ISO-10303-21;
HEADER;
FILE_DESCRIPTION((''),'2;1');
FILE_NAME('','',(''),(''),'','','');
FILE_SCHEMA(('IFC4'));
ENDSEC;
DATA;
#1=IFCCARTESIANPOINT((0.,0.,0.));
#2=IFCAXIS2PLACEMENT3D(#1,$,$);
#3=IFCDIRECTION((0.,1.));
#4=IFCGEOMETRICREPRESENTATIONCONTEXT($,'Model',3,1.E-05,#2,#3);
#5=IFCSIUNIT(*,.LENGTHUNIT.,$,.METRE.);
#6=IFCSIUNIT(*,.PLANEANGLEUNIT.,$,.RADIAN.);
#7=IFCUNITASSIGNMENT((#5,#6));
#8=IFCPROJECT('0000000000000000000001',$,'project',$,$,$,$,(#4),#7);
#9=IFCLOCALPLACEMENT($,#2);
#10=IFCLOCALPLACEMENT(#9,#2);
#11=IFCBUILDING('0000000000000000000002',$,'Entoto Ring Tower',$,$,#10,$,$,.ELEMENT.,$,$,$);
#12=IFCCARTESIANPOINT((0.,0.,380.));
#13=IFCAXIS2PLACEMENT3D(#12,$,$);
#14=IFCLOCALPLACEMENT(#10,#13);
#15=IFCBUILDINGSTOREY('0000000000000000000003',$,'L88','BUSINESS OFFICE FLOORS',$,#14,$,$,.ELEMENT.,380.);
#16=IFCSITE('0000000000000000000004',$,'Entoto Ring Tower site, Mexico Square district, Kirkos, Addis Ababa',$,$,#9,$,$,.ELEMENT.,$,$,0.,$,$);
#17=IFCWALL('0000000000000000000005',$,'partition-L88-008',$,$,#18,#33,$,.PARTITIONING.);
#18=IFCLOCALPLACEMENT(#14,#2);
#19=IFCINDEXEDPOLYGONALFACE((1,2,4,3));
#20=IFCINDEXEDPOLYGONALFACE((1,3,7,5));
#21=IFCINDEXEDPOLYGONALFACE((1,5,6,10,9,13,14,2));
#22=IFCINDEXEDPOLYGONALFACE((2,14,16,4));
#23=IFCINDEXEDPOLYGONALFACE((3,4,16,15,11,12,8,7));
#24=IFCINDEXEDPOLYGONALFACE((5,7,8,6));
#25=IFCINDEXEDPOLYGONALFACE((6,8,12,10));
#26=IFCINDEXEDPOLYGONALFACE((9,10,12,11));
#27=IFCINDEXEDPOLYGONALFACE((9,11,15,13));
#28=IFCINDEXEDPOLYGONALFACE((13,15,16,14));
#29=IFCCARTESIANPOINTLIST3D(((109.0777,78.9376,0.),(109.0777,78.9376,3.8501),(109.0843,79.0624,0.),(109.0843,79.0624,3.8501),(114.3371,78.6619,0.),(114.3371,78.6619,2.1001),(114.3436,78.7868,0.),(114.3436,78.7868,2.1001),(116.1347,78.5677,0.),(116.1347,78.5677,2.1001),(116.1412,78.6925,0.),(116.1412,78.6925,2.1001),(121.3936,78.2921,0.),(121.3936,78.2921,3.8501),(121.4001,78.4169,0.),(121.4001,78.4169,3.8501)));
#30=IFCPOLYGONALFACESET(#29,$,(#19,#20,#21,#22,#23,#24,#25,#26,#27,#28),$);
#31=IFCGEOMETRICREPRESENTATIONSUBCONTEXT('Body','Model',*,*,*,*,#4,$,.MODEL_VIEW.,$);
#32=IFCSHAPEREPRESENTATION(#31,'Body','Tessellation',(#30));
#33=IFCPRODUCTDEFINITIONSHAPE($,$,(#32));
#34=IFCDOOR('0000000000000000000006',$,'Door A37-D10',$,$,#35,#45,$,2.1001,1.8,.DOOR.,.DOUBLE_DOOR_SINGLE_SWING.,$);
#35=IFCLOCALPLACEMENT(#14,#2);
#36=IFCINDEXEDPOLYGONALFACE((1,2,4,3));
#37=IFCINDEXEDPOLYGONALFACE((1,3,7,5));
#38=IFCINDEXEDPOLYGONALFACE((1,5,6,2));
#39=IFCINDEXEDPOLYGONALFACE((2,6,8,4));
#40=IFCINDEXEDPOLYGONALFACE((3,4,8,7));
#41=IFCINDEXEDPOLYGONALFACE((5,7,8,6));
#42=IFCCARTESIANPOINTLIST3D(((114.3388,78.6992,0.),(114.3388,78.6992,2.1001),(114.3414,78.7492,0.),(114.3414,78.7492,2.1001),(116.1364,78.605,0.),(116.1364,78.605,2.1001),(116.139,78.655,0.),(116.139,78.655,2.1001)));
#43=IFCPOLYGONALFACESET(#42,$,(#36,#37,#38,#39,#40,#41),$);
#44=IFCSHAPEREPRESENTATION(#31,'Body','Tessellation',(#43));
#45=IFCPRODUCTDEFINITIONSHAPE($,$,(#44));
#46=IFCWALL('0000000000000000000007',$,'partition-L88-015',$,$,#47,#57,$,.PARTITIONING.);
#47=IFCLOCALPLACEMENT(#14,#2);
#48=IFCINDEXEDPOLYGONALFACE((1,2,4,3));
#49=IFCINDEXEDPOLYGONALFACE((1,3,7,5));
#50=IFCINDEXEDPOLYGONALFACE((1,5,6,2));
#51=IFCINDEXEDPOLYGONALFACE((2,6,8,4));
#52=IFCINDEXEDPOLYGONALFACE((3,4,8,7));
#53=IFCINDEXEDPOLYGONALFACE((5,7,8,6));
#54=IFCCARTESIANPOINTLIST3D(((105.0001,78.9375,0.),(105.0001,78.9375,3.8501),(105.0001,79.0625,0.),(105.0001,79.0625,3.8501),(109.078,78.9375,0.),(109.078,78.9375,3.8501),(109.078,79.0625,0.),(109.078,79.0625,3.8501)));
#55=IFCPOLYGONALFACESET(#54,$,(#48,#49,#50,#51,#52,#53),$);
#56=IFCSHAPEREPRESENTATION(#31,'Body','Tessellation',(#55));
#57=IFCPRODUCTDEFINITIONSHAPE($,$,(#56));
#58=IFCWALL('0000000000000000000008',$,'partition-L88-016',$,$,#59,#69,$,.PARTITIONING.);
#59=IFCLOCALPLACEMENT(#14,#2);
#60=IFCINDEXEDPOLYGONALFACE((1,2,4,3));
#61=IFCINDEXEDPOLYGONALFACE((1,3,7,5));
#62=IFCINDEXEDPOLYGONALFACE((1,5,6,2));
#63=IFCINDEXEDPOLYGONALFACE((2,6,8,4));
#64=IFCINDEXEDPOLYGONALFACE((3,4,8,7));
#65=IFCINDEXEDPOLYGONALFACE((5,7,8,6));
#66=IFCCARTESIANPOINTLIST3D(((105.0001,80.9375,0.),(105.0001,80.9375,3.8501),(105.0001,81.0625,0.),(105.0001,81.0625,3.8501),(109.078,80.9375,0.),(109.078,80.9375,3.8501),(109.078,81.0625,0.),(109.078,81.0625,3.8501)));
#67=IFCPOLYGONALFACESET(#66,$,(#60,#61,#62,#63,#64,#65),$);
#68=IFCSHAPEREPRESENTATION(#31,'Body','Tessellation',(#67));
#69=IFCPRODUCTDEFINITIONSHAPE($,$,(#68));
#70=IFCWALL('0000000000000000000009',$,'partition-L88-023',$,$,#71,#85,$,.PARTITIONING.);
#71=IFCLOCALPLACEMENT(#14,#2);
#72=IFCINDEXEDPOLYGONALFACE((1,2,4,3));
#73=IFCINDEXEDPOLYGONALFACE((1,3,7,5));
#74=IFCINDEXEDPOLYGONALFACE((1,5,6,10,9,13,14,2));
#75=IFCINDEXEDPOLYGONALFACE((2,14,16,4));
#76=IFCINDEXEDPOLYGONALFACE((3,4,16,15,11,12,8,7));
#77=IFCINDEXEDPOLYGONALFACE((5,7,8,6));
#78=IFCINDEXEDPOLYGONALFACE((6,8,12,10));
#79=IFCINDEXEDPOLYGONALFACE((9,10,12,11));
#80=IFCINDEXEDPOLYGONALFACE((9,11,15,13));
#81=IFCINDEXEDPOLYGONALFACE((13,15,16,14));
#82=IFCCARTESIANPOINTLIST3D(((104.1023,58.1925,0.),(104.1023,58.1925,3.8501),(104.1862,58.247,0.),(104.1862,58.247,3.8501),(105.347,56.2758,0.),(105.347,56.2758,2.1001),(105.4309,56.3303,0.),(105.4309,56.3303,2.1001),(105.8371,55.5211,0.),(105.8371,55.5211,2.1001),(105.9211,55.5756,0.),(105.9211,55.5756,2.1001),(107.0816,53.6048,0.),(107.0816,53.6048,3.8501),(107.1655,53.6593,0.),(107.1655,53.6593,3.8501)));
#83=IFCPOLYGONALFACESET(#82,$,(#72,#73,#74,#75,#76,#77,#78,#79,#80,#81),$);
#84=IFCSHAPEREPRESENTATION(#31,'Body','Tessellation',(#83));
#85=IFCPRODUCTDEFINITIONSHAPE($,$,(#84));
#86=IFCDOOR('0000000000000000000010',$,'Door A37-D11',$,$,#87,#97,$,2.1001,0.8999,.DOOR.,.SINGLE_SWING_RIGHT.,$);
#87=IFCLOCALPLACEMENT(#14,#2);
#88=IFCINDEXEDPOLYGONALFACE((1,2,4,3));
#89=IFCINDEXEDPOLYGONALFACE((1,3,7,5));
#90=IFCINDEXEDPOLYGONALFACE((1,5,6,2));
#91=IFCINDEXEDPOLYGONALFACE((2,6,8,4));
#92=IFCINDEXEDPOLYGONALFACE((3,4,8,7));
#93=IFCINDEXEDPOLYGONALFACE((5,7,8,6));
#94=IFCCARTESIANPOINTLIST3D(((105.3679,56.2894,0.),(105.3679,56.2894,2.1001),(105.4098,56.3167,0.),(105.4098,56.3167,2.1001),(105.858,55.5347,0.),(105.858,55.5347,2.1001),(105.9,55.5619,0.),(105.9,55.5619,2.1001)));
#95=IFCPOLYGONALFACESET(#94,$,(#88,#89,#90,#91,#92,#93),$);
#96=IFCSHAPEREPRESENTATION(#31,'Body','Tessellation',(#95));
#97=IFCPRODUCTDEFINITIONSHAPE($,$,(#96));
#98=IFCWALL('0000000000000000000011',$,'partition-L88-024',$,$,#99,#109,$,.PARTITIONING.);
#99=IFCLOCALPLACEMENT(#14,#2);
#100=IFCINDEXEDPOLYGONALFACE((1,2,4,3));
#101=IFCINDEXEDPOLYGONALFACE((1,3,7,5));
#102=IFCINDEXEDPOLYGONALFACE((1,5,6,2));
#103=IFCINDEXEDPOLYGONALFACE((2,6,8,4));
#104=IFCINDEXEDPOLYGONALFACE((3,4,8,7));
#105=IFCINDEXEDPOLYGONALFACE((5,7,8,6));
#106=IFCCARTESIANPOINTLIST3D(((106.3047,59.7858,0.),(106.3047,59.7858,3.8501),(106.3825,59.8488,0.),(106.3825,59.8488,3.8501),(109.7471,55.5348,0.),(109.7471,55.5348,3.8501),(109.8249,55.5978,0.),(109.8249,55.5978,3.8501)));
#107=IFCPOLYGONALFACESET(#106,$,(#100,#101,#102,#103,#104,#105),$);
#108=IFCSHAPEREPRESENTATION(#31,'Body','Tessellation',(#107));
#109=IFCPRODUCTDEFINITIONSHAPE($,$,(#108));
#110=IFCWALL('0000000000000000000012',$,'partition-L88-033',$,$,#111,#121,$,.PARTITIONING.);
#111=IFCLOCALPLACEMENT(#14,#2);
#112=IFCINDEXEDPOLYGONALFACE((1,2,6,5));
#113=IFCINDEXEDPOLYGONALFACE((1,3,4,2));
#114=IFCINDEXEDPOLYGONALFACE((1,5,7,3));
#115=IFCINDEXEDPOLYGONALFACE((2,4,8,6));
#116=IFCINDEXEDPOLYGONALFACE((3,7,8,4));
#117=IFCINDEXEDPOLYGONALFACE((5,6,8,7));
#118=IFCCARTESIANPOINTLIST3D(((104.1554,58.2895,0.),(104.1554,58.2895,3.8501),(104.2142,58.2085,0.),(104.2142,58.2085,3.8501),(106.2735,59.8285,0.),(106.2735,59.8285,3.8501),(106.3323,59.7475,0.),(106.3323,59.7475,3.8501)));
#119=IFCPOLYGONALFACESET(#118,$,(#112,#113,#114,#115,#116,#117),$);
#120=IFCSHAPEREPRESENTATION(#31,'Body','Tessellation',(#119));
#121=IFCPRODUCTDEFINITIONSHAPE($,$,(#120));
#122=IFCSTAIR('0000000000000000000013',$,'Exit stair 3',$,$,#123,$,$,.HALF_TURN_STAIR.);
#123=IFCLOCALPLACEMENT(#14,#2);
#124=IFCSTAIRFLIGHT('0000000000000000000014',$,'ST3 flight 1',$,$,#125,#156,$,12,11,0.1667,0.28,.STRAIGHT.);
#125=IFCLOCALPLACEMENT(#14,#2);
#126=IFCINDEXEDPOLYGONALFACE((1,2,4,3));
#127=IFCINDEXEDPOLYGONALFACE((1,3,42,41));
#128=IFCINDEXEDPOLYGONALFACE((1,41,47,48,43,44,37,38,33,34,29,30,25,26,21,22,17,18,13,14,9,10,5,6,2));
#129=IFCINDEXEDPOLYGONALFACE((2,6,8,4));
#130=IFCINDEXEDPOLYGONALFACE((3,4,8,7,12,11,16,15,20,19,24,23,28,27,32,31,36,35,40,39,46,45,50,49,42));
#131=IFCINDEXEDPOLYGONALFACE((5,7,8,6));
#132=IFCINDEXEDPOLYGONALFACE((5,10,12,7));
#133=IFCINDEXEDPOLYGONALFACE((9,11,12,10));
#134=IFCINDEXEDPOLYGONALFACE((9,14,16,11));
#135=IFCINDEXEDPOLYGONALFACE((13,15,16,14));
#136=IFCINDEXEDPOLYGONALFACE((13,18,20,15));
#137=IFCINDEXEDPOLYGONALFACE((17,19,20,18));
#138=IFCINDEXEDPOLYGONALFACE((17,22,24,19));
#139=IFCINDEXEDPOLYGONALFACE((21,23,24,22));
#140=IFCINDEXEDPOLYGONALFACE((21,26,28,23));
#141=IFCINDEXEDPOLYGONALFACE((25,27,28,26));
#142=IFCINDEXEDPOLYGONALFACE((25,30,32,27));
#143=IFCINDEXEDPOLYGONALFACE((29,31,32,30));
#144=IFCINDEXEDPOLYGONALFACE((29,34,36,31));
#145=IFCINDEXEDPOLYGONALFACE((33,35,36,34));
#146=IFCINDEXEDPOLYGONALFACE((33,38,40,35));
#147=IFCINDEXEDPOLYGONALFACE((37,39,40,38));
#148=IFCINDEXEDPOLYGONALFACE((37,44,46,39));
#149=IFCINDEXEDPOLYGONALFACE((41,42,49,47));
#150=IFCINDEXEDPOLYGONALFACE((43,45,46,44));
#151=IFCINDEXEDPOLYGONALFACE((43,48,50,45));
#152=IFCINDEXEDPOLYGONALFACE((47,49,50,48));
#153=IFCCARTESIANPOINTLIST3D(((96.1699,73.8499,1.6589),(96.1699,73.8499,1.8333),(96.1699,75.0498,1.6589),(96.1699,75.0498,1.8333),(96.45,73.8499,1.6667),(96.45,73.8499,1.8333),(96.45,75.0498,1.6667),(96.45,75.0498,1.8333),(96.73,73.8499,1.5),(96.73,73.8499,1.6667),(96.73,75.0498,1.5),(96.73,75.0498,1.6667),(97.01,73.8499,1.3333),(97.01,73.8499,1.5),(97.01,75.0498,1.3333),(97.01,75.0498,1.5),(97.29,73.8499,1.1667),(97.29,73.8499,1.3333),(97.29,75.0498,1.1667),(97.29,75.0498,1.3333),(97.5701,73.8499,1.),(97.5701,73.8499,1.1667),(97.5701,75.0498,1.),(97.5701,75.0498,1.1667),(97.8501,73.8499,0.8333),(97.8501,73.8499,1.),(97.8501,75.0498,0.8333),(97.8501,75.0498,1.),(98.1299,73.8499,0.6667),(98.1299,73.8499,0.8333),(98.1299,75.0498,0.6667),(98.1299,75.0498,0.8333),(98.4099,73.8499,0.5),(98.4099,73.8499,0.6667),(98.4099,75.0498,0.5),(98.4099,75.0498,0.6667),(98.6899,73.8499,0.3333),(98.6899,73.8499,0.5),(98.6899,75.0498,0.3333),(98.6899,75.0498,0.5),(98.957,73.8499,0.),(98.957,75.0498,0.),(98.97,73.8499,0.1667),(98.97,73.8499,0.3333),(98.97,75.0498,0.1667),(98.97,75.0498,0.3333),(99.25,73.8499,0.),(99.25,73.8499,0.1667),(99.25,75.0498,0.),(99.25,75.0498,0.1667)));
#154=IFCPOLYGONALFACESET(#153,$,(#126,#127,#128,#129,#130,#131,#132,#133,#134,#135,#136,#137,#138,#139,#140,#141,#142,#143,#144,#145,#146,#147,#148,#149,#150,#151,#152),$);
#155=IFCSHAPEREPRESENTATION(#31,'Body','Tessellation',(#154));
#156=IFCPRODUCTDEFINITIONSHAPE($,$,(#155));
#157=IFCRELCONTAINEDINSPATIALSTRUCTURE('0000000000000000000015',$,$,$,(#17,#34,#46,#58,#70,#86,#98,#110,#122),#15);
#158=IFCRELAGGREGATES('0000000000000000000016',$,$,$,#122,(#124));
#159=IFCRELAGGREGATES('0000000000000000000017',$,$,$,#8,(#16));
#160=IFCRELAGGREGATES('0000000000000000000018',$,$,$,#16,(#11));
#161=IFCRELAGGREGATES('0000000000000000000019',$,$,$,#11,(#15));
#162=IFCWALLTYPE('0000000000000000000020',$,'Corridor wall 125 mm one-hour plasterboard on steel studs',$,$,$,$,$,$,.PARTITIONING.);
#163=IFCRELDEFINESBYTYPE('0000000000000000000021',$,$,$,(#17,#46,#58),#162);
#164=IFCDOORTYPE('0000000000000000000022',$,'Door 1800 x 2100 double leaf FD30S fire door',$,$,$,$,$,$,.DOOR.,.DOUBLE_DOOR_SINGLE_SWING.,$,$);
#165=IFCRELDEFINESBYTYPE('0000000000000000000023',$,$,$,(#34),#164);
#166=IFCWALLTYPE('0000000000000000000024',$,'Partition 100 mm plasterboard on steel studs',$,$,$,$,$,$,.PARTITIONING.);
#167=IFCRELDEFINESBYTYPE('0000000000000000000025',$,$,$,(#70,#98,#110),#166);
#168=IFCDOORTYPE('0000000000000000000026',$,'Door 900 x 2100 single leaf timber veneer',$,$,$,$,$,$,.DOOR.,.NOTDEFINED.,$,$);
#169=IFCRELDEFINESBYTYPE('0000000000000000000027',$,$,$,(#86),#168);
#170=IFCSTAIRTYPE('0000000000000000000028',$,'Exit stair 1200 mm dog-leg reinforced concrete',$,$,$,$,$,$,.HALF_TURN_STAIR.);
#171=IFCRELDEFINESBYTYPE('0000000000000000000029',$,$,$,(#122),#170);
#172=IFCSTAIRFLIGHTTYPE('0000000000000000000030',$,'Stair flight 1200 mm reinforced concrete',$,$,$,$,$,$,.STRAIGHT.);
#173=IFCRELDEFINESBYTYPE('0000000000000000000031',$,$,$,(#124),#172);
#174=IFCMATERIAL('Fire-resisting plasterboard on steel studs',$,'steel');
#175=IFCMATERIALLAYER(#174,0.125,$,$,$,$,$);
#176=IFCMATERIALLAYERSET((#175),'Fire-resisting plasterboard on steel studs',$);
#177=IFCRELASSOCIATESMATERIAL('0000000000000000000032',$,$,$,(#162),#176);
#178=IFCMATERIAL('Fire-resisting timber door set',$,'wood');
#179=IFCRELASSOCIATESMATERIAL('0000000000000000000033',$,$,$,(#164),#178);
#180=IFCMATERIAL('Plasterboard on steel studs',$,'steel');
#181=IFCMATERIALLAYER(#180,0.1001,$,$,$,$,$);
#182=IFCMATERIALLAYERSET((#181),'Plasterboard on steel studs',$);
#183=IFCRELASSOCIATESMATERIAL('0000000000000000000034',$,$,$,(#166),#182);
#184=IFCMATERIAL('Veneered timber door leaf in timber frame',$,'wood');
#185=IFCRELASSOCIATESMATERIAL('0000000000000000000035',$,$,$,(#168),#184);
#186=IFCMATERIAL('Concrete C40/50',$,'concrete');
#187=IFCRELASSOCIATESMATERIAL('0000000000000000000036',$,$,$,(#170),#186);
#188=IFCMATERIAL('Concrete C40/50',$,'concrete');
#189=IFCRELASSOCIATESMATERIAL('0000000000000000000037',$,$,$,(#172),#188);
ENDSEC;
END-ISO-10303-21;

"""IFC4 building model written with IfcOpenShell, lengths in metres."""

from ifc_helpers import new_model, si_unit, direction, frame, frame_2d, origin, place, context, subcontext, project, spatial, polyline, rectangle, outline, extrude, material, layer, layer_set, type_object, element, fill, aggregate, save


model = new_model("IFC4")

# Units and contexts
model_context = context("Model", 3, precision=1e-05, world=origin(), true_north=direction((0.0, 1.0)))
body_context = subcontext(model_context, "Body", "Model", "MODEL_VIEW")
ifc_project = project(units=[si_unit("LENGTHUNIT", "METRE"), si_unit("PLANEANGLEUNIT", "RADIAN")], contexts=[model_context])

# Site, building, storey
site_placement = place(None, origin())
site = spatial("IfcSite", under=ifc_project, at=site_placement, Name="Entoto Ring Tower site, Mexico Square district, Kirkos, Addis Ababa", CompositionType="ELEMENT", RefElevation=0.0)
building_placement = place(site_placement, origin())
building = spatial("IfcBuilding", under=site, at=building_placement, Name="Entoto Ring Tower", CompositionType="ELEMENT")
storey_placement = place(building_placement, frame((0.0, 0.0, 380.0)))
storey = spatial("IfcBuildingStorey", under=building, at=storey_placement, Name="L88", Description="BUSINESS OFFICE FLOORS", CompositionType="ELEMENT", Elevation=380.0)

# Wall, opening, door
ifc_material_1 = material(Name="Fire-resisting plasterboard on steel studs", Category="steel")
ifc_layer_1 = layer(ifc_material_1, 0.125)
ifc_layer_set_1 = layer_set([ifc_layer_1], Name="Fire-resisting plasterboard on steel studs")
wall_type_1 = type_object("IfcWallType", Name="Corridor wall 125 mm one-hour plasterboard on steel studs", PredefinedType="PARTITIONING", material=ifc_layer_set_1)
wall_1_placement = place(storey_placement, frame((121.397, 78.3545, 0.0), z_axis=(0.0, 0.0, 1.0), x_axis=(-0.998629, 0.052341, 0.0)))
wall_1 = element("IfcWall", 1, at=wall_1_placement, inside=storey, type_object=wall_type_1, Name="partition-L88-008", PredefinedType="PARTITIONING", context=body_context, shape_type="SweptSolid", body=[
    extrude(rectangle(XDim=12.3328, YDim=0.125, at=frame_2d((6.1665, 0.0))), origin(), (0.0, 0.0, 1.0), 3.8501),
])
opening_1_placement = place(wall_1_placement, frame((5.2664, 0.0, 0.0)))
opening_1 = element("IfcOpeningElement", 2, at=opening_1_placement, cuts=wall_1, PredefinedType="OPENING", context=body_context, shape_type="SweptSolid", body=[
    extrude(rectangle(XDim=1.8, YDim=2.1001, at=frame_2d((0.8999, 1.05))), frame((0.0, 0.0725, 0.0), z_axis=(0.0, -1.0, 0.0), x_axis=(1.0, 0.0, 0.0)), (0.0, 0.0, 1.0), 0.145),
])
ifc_material_2 = material(Name="Fire-resisting timber door set", Category="wood")
door_type_1 = type_object("IfcDoorType", Name="Door 1800 x 2100 double leaf FD30S fire door", OperationType="DOUBLE_DOOR_SINGLE_SWING", PredefinedType="DOOR", material=ifc_material_2)
door_1_placement = place(opening_1_placement, frame((1.8, 0.0, 0.0), z_axis=(0.0, 0.0, 1.0), x_axis=(-1.0, 0.0, 0.0)))
door_1 = element("IfcDoor", 3, at=door_1_placement, inside=storey, type_object=door_type_1, Name="Door A37-D10", OperationType="DOUBLE_DOOR_SINGLE_SWING", OverallHeight=2.1001, OverallWidth=1.8, PredefinedType="DOOR", context=body_context, shape_type="SweptSolid", body=[
    extrude(rectangle(XDim=1.8, YDim=2.1001, at=frame_2d((0.8999, 1.05))), frame((0.0, 0.0249, 0.0), z_axis=(0.0, -1.0, 0.0), x_axis=(1.0, 0.0, 0.0)), (0.0, 0.0, 1.0), 0.05),
])
fill(opening_1, door_1)

# Walls
for number, where, z_axis, x_axis, name in (
    (4, (105.0, 79.0, 0.0), (0.0, 0.0, 1.0), (1.0, 0.0, 0.0), "partition-L88-015"),
    (5, (105.0, 81.0, 0.0), (0.0, 0.0, 1.0), (1.0, 0.0, 0.0), "partition-L88-016"),
):
    element("IfcWall", number, at=place(storey_placement, frame(where, z_axis=z_axis, x_axis=x_axis)), inside=storey, type_object=wall_type_1, Name=name, PredefinedType="PARTITIONING", context=body_context, shape_type="SweptSolid", body=[
        extrude(rectangle(XDim=4.0779, YDim=0.125, at=frame_2d((2.0391, 0.0))), origin(), (0.0, 0.0, 1.0), 3.8501),
    ])

# Wall, opening, door
ifc_material_3 = material(Name="Plasterboard on steel studs", Category="steel")
ifc_layer_2 = layer(ifc_material_3, 0.1001)
ifc_layer_set_2 = layer_set([ifc_layer_2], Name="Plasterboard on steel studs")
wall_type_2 = type_object("IfcWallType", Name="Partition 100 mm plasterboard on steel studs", PredefinedType="PARTITIONING", material=ifc_layer_set_2)
wall_2_placement = place(storey_placement, frame((107.1235, 53.6321, 0.0), z_axis=(0.0, 0.0, 1.0), x_axis=(-0.544638, 0.838671, 0.0)))
wall_2 = element("IfcWall", 6, at=wall_2_placement, inside=storey, type_object=wall_type_2, Name="partition-L88-023", PredefinedType="PARTITIONING", context=body_context, shape_type="SweptSolid", body=[
    extrude(rectangle(XDim=5.4702, YDim=0.1001, at=frame_2d((2.7351, 0.0))), origin(), (0.0, 0.0, 1.0), 3.8501),
])
opening_2_placement = place(wall_2_placement, frame((2.2849, 0.0, 0.0)))
opening_2 = element("IfcOpeningElement", 7, at=opening_2_placement, cuts=wall_2, PredefinedType="OPENING", context=body_context, shape_type="SweptSolid", body=[
    extrude(rectangle(XDim=0.8999, YDim=2.1001, at=frame_2d((0.45, 1.05))), frame((0.0, 0.0601, 0.0), z_axis=(0.0, -1.0, 0.0), x_axis=(1.0, 0.0, 0.0)), (0.0, 0.0, 1.0), 0.1201),
])
ifc_material_4 = material(Name="Veneered timber door leaf in timber frame", Category="wood")
door_type_2 = type_object("IfcDoorType", Name="Door 900 x 2100 single leaf timber veneer", OperationType="NOTDEFINED", PredefinedType="DOOR", material=ifc_material_4)
door_2_placement = place(opening_2_placement, frame((0.8999, 0.0, 0.0), z_axis=(0.0, 0.0, 1.0), x_axis=(-1.0, 0.0, 0.0)))
door_2 = element("IfcDoor", 8, at=door_2_placement, inside=storey, type_object=door_type_2, Name="Door A37-D11", OperationType="SINGLE_SWING_RIGHT", OverallHeight=2.1001, OverallWidth=0.8999, PredefinedType="DOOR", context=body_context, shape_type="SweptSolid", body=[
    extrude(rectangle(XDim=0.8999, YDim=2.1001, at=frame_2d((0.45, 1.05))), frame((0.0, 0.0249, 0.0), z_axis=(0.0, -1.0, 0.0), x_axis=(1.0, 0.0, 0.0)), (0.0, 0.0, 1.0), 0.05),
])
fill(opening_2, door_2)

# Walls
wall_3_placement = place(storey_placement, frame((109.7859, 55.5664, 0.0), z_axis=(0.0, 0.0, 1.0), x_axis=(-0.629321, 0.777145, 0.0)))
element("IfcWall", 9, at=wall_3_placement, inside=storey, type_object=wall_type_2, Name="partition-L88-024", PredefinedType="PARTITIONING", context=body_context, shape_type="SweptSolid", body=[
    extrude(rectangle(XDim=5.47, YDim=0.1001, at=frame_2d((2.7349, 0.0))), origin(), (0.0, 0.0, 1.0), 3.8501),
])
wall_4_placement = place(storey_placement, frame((104.1848, 58.249, 0.0), z_axis=(0.0, 0.0, 1.0), x_axis=(0.808994, 0.587817, 0.0)))
element("IfcWall", 10, at=wall_4_placement, inside=storey, type_object=wall_type_2, Name="partition-L88-033", PredefinedType="PARTITIONING", context=body_context, shape_type="SweptSolid", body=[
    extrude(rectangle(XDim=2.6182, YDim=0.1001, at=frame_2d((1.3091, 0.0))), origin(), (0.0, 0.0, 1.0), 3.8501),
])

# Stair, stair flight
ifc_material_5 = material(Name="Concrete C40/50", Category="concrete")
stair_type = type_object("IfcStairType", Name="Exit stair 1200 mm dog-leg reinforced concrete", PredefinedType="HALF_TURN_STAIR", material=ifc_material_5)
stair_placement = place(storey_placement, origin())
stair = element("IfcStair", 11, at=stair_placement, inside=storey, type_object=stair_type, Name="Exit stair 3", PredefinedType="HALF_TURN_STAIR")
ifc_material_6 = material(Name="Concrete C40/50", Category="concrete")
stair_flight_type = type_object("IfcStairFlightType", Name="Stair flight 1200 mm reinforced concrete", PredefinedType="STRAIGHT", material=ifc_material_6)
stair_flight_placement = place(storey_placement, frame((99.25, 74.45, 0.0), z_axis=(0.0, 0.0, 1.0), x_axis=(-1.0, 0.0, 0.0)))
stair_flight = element("IfcStairFlight", 12, at=stair_flight_placement, type_object=stair_flight_type, Name="ST3 flight 1", NumberOfRisers=12, NumberOfTreads=11, PredefinedType="STRAIGHT", RiserHeight=0.1667, TreadLength=0.28, context=body_context, shape_type="SweptSolid", body=[
    extrude(outline(polyline([(0.0, 0.0), (0.0, 0.1667), (0.28, 0.1667), (0.28, 0.3333), (0.5601, 0.3333), (0.5601, 0.5), (0.8401, 0.5), (0.8401, 0.6667), (1.1201, 0.6667), (1.1201, 0.8333), (1.3999, 0.8333), (1.3999, 1.0), (1.6799, 1.0), (1.6799, 1.1667), (1.96, 1.1667), (1.96, 1.3333), (2.24, 1.3333), (2.24, 1.5), (2.52, 1.5), (2.52, 1.6667), (2.8, 1.6667), (2.8, 1.8333), (3.0801, 1.8333), (3.0801, 2.0), (3.0801, 1.6589), (0.293, 0.0), (0.0, 0.0)])), frame((0.0, 0.6001, 0.0), z_axis=(0.0, -1.0, 0.0), x_axis=(1.0, 0.0, 0.0)), (0.0, 0.0, 1.0), 1.2),
])
aggregate(stair, [stair_flight])

save(model, "model.ifc")
